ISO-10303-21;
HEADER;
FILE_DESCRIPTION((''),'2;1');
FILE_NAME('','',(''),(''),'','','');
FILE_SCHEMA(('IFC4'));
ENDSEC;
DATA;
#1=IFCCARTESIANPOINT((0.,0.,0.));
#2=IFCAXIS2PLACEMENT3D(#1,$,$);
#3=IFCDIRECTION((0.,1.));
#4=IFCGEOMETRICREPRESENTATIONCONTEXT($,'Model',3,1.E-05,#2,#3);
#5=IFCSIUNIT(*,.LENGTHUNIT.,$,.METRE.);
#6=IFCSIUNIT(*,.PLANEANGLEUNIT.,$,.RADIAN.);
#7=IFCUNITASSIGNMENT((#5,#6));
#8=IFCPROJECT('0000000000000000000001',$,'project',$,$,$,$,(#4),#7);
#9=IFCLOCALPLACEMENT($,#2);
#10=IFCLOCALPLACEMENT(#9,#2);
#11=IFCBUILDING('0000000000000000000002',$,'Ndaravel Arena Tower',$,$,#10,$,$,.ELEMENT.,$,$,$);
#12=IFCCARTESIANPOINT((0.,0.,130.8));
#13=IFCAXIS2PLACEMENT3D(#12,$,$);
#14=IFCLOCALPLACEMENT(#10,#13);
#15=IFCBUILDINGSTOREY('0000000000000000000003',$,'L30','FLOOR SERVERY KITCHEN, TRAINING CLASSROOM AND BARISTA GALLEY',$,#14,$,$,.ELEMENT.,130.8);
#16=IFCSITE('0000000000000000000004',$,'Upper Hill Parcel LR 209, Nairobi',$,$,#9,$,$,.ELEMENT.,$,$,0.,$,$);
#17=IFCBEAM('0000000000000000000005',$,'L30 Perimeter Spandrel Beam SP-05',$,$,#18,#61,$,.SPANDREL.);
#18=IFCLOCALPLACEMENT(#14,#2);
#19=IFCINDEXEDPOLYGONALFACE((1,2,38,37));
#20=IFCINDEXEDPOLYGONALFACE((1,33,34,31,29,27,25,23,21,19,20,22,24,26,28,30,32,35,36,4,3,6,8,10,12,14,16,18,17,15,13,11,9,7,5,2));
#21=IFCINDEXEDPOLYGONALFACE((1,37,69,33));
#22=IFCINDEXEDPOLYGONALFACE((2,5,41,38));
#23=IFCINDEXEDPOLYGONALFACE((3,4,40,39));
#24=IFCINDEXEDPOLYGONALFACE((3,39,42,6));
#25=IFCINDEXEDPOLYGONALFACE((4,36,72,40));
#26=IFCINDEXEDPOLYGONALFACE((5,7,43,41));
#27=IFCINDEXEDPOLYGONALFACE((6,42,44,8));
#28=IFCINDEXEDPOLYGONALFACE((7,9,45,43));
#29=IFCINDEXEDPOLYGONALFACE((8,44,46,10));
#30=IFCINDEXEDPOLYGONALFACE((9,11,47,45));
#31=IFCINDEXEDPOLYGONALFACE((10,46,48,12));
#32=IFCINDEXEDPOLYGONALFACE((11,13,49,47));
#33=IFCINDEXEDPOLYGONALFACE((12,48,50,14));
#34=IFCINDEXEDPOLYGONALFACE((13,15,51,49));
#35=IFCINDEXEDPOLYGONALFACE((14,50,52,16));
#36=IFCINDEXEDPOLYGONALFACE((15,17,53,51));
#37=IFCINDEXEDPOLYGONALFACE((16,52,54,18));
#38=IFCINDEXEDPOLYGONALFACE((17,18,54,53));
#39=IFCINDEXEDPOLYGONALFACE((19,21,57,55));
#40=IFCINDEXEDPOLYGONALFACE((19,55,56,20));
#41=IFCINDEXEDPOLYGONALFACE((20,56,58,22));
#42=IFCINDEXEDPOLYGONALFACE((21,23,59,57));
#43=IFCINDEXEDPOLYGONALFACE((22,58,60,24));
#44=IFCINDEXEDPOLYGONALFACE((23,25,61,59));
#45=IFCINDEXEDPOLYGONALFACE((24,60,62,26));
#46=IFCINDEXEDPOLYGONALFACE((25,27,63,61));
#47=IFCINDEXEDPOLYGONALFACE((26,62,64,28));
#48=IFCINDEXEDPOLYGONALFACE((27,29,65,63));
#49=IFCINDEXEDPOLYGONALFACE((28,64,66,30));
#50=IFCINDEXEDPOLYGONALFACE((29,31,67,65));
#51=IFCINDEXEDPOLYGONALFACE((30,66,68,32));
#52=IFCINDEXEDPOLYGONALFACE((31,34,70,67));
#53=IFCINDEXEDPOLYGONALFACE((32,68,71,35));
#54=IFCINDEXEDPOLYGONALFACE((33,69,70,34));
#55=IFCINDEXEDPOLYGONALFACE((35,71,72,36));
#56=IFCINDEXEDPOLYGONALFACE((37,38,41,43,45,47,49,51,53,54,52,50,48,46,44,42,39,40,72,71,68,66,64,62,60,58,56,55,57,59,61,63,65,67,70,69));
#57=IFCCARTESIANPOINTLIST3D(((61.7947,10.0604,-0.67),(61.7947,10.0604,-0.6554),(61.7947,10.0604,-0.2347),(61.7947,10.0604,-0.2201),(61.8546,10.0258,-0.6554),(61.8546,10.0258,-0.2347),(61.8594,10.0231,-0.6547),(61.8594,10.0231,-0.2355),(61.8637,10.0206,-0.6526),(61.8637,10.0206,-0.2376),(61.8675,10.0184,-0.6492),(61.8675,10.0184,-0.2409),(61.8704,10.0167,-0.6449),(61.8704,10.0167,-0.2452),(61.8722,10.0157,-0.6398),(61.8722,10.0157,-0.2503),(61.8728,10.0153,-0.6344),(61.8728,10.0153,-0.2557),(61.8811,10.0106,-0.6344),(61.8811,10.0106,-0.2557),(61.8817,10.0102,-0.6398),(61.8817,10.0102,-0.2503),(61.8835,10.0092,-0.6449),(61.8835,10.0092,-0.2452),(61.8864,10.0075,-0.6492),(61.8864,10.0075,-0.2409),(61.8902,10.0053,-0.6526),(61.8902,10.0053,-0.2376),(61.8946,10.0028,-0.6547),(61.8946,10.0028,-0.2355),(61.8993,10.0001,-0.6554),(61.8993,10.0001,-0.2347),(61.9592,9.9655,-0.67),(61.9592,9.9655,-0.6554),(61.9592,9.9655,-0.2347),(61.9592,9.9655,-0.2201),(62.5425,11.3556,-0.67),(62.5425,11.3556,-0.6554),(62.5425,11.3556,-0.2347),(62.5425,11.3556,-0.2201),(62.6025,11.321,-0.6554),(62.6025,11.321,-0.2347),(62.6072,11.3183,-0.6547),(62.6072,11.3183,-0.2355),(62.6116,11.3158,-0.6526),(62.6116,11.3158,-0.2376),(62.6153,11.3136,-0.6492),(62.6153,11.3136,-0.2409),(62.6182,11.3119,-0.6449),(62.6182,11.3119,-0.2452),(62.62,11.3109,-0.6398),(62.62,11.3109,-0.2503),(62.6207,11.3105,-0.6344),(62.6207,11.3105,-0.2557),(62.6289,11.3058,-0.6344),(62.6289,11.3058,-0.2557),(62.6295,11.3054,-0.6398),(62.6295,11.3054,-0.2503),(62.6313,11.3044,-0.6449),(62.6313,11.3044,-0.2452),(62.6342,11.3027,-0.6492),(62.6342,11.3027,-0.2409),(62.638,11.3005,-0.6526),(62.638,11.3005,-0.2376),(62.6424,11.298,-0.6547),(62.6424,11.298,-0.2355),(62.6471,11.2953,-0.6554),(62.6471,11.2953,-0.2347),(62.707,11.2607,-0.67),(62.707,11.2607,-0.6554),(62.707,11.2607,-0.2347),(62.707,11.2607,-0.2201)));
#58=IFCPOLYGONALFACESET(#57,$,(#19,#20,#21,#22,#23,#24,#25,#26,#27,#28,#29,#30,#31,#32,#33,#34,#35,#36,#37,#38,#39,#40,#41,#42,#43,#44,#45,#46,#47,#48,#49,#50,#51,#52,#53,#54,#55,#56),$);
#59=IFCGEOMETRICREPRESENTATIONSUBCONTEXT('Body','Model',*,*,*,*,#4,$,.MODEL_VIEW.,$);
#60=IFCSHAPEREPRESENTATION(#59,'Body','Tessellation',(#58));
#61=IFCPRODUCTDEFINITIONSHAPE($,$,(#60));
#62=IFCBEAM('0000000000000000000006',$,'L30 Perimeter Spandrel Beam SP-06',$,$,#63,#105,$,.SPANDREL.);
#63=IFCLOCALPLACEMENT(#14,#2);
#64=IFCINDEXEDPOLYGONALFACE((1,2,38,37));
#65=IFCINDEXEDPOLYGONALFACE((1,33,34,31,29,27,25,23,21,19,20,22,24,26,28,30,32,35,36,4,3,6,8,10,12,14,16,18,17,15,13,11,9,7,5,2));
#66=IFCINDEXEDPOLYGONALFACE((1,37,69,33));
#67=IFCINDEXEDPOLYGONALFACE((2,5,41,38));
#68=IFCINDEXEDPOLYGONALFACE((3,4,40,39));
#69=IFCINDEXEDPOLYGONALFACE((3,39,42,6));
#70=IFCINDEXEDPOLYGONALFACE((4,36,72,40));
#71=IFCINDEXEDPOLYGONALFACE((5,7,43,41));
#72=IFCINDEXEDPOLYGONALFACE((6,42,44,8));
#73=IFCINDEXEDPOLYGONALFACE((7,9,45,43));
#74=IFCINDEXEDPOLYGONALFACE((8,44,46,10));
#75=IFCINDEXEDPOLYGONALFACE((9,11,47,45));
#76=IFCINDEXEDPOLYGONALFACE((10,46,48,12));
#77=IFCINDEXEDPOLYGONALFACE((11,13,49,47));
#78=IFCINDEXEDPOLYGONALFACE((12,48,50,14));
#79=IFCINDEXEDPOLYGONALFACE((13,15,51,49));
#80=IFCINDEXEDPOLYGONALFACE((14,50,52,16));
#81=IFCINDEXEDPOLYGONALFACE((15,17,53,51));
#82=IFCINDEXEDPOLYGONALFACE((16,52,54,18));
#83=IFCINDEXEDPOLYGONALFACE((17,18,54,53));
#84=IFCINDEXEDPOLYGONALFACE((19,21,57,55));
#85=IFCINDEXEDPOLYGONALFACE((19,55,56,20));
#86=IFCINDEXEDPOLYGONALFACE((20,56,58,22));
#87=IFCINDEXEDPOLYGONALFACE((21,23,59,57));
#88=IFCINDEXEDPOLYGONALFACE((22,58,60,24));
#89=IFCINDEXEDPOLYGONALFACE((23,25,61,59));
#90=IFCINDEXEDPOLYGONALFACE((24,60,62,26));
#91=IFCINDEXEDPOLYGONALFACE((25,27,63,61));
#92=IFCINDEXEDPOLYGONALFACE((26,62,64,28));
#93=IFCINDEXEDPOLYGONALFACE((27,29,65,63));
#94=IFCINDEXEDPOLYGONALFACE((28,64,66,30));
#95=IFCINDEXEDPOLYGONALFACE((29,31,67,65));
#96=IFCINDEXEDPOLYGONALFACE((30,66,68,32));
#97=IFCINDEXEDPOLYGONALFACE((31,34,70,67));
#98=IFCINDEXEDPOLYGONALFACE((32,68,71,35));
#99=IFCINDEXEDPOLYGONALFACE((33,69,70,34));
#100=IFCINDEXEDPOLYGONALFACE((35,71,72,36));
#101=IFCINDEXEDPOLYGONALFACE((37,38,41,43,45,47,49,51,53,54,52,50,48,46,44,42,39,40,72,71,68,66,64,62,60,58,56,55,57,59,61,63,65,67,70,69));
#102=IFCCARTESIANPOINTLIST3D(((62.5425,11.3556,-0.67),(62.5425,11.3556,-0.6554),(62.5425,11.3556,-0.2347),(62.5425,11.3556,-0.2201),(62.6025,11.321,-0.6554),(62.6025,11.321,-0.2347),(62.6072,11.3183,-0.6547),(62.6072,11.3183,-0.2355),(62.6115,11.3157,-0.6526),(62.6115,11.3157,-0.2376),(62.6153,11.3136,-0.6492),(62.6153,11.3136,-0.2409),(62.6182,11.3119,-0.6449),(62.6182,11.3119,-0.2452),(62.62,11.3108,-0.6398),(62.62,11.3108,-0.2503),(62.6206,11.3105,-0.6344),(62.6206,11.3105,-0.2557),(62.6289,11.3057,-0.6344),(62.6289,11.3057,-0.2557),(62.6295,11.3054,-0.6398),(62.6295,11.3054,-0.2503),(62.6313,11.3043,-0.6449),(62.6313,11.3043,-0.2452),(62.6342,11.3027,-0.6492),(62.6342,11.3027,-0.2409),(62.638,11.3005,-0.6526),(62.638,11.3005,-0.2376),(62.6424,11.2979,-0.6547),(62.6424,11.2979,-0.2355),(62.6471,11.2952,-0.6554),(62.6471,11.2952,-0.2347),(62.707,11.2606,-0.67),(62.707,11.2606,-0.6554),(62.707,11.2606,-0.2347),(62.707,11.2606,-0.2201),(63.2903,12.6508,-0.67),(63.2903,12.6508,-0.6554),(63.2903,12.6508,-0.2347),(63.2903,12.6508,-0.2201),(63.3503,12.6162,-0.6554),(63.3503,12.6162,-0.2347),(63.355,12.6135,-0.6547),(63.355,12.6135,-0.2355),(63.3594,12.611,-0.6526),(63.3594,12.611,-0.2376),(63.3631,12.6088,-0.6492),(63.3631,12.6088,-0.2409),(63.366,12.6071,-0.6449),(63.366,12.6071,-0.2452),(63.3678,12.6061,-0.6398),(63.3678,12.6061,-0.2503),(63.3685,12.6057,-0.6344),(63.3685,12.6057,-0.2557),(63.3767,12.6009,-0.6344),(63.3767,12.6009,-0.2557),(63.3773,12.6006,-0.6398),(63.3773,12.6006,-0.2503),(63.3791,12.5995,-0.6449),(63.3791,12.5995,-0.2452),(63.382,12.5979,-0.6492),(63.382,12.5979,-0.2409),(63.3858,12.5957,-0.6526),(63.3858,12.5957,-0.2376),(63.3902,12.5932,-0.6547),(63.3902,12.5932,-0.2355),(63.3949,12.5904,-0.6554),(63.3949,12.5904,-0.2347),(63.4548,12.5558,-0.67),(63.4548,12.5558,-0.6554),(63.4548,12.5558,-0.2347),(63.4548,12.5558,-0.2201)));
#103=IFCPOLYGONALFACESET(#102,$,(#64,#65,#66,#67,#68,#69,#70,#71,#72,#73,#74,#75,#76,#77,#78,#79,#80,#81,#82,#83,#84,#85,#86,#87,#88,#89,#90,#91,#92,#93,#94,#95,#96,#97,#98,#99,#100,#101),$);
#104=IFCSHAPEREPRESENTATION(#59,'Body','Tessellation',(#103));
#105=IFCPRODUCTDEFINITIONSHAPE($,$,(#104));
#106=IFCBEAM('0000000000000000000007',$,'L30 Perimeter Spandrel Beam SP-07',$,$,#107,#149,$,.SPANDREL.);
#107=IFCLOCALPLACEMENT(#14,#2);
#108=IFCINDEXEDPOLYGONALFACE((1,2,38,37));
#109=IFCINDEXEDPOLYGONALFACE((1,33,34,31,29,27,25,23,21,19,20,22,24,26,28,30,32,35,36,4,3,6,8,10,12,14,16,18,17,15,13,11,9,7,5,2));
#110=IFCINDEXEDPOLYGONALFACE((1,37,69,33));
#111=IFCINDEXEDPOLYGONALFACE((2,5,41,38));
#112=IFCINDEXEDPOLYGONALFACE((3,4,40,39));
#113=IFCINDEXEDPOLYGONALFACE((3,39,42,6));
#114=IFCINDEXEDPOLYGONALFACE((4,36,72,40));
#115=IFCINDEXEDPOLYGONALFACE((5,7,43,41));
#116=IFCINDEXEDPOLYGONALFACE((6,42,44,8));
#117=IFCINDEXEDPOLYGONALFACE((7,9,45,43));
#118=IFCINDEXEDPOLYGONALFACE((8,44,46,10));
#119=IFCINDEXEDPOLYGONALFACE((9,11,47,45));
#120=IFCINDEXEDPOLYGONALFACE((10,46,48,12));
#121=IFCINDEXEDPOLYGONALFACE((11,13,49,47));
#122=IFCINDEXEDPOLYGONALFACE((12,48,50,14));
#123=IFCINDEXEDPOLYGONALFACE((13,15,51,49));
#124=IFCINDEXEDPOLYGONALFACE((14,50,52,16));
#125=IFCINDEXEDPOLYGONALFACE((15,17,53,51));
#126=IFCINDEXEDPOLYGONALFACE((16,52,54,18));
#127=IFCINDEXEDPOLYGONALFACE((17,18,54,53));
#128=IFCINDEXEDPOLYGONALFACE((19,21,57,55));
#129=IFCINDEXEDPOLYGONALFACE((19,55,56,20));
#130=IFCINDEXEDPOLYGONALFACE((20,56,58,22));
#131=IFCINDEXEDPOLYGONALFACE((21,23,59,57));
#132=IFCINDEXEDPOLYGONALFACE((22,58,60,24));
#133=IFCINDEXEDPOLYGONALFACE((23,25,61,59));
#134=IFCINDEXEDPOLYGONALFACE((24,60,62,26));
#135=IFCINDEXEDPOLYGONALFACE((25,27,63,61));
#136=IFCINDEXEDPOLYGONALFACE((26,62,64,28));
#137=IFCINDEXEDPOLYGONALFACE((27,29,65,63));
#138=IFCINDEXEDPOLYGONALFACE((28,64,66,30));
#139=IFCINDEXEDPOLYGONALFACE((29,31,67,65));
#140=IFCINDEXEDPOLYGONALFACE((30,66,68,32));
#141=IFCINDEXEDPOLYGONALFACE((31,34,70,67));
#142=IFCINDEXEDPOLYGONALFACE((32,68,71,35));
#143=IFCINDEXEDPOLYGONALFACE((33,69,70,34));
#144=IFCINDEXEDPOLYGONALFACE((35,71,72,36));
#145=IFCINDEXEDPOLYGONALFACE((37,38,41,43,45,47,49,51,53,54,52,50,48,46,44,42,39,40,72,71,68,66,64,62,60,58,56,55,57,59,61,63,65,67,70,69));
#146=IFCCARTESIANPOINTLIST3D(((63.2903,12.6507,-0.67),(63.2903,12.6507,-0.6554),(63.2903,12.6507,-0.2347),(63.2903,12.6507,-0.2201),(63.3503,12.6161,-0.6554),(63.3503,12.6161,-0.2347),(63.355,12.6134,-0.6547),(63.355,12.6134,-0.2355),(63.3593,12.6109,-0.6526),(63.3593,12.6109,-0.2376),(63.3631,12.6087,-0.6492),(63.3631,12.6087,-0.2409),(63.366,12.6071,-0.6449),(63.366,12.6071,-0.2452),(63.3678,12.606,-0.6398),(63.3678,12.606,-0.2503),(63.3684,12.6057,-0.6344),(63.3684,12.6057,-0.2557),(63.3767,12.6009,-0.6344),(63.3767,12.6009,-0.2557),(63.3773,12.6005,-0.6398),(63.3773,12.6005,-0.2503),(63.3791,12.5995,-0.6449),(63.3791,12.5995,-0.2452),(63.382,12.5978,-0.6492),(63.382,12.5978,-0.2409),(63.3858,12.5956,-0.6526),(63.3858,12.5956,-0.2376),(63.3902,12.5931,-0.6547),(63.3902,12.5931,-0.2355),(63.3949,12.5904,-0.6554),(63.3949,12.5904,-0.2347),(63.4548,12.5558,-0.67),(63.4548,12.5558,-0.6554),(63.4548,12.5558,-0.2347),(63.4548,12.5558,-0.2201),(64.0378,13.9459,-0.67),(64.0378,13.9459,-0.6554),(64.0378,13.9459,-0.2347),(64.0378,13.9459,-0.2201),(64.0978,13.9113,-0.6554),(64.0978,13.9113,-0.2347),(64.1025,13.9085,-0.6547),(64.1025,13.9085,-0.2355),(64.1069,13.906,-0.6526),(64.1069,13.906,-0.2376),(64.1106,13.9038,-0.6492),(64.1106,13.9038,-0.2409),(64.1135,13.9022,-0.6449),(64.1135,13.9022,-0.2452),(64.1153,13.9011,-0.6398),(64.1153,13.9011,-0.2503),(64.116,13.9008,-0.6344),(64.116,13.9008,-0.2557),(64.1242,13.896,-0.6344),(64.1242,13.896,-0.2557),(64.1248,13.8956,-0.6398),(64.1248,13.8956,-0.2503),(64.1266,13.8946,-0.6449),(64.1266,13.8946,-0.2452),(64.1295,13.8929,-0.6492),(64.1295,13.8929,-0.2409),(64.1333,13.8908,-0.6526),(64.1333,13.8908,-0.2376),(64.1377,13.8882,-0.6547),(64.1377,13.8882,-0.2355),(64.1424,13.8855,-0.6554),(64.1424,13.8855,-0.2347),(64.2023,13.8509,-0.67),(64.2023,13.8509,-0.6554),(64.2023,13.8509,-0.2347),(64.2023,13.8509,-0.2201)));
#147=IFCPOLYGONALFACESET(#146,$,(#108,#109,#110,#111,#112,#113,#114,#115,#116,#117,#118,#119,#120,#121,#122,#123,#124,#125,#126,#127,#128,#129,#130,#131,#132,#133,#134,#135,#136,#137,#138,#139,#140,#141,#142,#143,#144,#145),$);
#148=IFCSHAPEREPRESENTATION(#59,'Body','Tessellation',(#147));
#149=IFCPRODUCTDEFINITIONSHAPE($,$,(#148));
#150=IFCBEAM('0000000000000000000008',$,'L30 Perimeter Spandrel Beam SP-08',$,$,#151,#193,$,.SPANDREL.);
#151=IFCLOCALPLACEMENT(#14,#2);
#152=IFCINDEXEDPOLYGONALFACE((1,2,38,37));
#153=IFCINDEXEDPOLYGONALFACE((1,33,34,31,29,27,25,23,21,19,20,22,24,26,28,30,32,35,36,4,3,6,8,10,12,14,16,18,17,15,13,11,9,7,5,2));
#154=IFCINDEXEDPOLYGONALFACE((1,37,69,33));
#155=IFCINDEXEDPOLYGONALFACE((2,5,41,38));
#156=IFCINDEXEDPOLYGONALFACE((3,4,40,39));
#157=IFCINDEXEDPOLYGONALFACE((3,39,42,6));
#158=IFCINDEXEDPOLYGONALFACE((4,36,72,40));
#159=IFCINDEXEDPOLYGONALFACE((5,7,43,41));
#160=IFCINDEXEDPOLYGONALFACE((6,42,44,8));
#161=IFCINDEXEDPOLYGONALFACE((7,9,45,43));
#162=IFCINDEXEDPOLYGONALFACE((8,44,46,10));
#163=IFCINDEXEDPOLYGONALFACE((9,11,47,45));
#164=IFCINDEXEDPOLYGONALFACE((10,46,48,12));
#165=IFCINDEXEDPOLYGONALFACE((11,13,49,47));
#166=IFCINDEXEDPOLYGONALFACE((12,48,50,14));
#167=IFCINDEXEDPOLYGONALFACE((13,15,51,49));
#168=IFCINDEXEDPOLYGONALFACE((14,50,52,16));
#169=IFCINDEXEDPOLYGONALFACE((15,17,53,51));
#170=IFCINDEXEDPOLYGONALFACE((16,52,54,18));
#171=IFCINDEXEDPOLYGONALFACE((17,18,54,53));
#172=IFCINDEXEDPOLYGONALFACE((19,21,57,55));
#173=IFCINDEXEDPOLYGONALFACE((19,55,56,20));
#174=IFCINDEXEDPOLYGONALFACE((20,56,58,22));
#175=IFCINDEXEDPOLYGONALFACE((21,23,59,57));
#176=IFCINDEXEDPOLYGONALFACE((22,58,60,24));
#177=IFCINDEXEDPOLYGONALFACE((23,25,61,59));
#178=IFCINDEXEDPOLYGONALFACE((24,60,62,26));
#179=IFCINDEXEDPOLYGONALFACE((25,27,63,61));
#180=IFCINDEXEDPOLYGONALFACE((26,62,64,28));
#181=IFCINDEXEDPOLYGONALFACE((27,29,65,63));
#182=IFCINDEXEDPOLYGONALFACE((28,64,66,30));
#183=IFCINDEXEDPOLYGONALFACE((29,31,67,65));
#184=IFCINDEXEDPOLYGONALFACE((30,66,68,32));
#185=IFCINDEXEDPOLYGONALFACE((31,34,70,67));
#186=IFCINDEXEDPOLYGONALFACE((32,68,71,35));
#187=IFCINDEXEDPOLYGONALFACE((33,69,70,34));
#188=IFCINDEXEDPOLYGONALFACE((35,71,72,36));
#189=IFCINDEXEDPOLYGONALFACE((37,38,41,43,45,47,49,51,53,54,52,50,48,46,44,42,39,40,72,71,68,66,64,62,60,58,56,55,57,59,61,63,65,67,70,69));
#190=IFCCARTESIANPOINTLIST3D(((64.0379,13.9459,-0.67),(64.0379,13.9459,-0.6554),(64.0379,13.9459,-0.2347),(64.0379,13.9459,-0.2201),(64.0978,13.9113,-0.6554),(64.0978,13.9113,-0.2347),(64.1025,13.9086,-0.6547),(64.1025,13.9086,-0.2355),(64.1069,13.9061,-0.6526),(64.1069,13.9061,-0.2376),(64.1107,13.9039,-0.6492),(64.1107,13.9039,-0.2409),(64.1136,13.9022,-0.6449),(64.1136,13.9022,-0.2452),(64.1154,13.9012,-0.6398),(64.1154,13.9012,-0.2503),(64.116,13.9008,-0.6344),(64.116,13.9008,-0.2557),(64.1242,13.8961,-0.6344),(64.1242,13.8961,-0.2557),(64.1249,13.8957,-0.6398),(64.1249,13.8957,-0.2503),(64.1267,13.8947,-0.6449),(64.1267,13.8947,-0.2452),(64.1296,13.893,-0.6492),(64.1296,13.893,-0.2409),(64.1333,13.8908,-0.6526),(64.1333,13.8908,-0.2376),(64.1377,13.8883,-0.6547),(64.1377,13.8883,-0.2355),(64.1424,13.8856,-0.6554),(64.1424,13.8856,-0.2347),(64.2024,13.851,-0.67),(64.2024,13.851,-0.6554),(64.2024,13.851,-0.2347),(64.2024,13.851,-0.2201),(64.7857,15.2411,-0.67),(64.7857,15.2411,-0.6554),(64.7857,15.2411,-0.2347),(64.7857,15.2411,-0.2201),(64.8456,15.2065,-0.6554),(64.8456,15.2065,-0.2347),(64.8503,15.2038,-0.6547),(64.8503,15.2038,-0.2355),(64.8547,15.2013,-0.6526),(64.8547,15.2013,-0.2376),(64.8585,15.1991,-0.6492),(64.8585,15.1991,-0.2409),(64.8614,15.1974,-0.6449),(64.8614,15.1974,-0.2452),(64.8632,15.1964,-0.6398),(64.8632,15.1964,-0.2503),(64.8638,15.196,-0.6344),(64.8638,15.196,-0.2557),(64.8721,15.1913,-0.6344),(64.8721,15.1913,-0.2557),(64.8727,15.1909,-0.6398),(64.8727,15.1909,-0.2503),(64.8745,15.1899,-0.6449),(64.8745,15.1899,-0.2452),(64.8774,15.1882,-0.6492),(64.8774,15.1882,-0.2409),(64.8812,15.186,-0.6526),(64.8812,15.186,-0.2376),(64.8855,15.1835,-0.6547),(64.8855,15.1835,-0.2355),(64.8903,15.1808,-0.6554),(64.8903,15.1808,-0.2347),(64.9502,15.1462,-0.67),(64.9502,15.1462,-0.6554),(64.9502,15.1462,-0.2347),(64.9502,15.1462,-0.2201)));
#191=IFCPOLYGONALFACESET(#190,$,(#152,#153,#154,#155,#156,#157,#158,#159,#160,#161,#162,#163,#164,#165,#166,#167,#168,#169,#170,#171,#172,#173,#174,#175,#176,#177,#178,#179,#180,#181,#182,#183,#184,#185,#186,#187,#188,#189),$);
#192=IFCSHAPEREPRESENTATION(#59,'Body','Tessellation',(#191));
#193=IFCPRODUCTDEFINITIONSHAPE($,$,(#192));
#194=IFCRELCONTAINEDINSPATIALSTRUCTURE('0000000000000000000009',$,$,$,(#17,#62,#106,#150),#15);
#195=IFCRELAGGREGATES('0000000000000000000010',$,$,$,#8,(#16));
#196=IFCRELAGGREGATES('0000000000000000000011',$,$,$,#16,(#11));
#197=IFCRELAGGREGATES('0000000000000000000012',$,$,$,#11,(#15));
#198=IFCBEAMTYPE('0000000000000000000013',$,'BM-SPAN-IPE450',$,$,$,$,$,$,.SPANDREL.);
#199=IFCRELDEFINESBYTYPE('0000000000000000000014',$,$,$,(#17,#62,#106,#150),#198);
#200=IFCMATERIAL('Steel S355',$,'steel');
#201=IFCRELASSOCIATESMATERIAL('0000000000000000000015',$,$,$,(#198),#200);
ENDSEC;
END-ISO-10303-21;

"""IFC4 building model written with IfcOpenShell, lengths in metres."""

from ifc_helpers import new_model, si_unit, direction, frame, origin, origin_2d, place, context, subcontext, project, spatial, i_section, extrude, material, material_profile, profile_set, type_object, element, save


model = new_model("IFC4")

# Units and contexts
model_context = context("Model", 3, precision=1e-05, world=origin(), true_north=direction((0.0, 1.0)))
body_context = subcontext(model_context, "Body", "Model", "MODEL_VIEW")
ifc_project = project(units=[si_unit("LENGTHUNIT", "METRE"), si_unit("PLANEANGLEUNIT", "RADIAN")], contexts=[model_context])

# Site, building, storey
site_placement = place(None, origin())
site = spatial("IfcSite", under=ifc_project, at=site_placement, Name="Upper Hill Parcel LR 209, Nairobi", CompositionType="ELEMENT", RefElevation=0.0)
building_placement = place(site_placement, origin())
building = spatial("IfcBuilding", under=site, at=building_placement, Name="Ndaravel Arena Tower", CompositionType="ELEMENT")
storey_placement = place(building_placement, frame((0.0, 0.0, 130.8)))
storey = spatial("IfcBuildingStorey", under=building, at=storey_placement, Name="L30", Description="FLOOR SERVERY KITCHEN, TRAINING CLASSROOM AND BARISTA GALLEY", CompositionType="ELEMENT", Elevation=130.8)

# Beams
ifc_material_1 = material(Name="Steel S355", Category="steel")
ifc_material_profile_1 = material_profile(ifc_material_1, i_section(OverallWidth=0.1899, OverallDepth=0.45, WebThickness=0.0095, FlangeThickness=0.0146, FilletRadius=0.021, at=origin_2d()), Name="IPE 450")
ifc_profile_set_1 = profile_set([ifc_material_profile_1], Name="Steel S355")
beam_type = type_object("IfcBeamType", Name="BM-SPAN-IPE450", PredefinedType="SPANDREL", material=ifc_profile_set_1)
for number, where, z_axis, x_axis, name in (
    (1, (61.877, 10.0129, -0.4451), (0.500019, 0.866014, 0.0), (-0.866014, 0.500019, 0.0), "L30 Perimeter Spandrel Beam SP-05"),
    (2, (62.6248, 11.3081, -0.4451), (0.500019, 0.866014, 0.0), (-0.866014, 0.500019, 0.0), "L30 Perimeter Spandrel Beam SP-06"),
):
    element("IfcBeam", number, at=place(storey_placement, frame(where, z_axis=z_axis, x_axis=x_axis)), inside=storey, type_object=beam_type, Name=name, PredefinedType="SPANDREL", context=body_context, shape_type="SweptSolid", body=[
        extrude(i_section(OverallWidth=0.1899, OverallDepth=0.45, WebThickness=0.0095, FlangeThickness=0.0146, FilletRadius=0.021, at=origin_2d()), origin(), (0.0, 0.0, 1.0), 1.4956),
    ])
beam_1_placement = place(storey_placement, frame((63.3726, 12.6033, -0.4451), z_axis=(0.499897, 0.866085, 0.0), x_axis=(-0.866085, 0.499897, 0.0)))
element("IfcBeam", 3, at=beam_1_placement, inside=storey, type_object=beam_type, Name="L30 Perimeter Spandrel Beam SP-07", PredefinedType="SPANDREL", context=body_context, shape_type="SweptSolid", body=[
    extrude(i_section(OverallWidth=0.1899, OverallDepth=0.45, WebThickness=0.0095, FlangeThickness=0.0146, FilletRadius=0.021, at=origin_2d()), origin(), (0.0, 0.0, 1.0), 1.4954),
])
beam_2_placement = place(storey_placement, frame((64.1201, 13.8984, -0.4451), z_axis=(0.500019, 0.866014, 0.0), x_axis=(-0.866014, 0.500019, 0.0)))
element("IfcBeam", 4, at=beam_2_placement, inside=storey, type_object=beam_type, Name="L30 Perimeter Spandrel Beam SP-08", PredefinedType="SPANDREL", context=body_context, shape_type="SweptSolid", body=[
    extrude(i_section(OverallWidth=0.1899, OverallDepth=0.45, WebThickness=0.0095, FlangeThickness=0.0146, FilletRadius=0.021, at=origin_2d()), origin(), (0.0, 0.0, 1.0), 1.4956),
])

save(model, "model.ifc")
